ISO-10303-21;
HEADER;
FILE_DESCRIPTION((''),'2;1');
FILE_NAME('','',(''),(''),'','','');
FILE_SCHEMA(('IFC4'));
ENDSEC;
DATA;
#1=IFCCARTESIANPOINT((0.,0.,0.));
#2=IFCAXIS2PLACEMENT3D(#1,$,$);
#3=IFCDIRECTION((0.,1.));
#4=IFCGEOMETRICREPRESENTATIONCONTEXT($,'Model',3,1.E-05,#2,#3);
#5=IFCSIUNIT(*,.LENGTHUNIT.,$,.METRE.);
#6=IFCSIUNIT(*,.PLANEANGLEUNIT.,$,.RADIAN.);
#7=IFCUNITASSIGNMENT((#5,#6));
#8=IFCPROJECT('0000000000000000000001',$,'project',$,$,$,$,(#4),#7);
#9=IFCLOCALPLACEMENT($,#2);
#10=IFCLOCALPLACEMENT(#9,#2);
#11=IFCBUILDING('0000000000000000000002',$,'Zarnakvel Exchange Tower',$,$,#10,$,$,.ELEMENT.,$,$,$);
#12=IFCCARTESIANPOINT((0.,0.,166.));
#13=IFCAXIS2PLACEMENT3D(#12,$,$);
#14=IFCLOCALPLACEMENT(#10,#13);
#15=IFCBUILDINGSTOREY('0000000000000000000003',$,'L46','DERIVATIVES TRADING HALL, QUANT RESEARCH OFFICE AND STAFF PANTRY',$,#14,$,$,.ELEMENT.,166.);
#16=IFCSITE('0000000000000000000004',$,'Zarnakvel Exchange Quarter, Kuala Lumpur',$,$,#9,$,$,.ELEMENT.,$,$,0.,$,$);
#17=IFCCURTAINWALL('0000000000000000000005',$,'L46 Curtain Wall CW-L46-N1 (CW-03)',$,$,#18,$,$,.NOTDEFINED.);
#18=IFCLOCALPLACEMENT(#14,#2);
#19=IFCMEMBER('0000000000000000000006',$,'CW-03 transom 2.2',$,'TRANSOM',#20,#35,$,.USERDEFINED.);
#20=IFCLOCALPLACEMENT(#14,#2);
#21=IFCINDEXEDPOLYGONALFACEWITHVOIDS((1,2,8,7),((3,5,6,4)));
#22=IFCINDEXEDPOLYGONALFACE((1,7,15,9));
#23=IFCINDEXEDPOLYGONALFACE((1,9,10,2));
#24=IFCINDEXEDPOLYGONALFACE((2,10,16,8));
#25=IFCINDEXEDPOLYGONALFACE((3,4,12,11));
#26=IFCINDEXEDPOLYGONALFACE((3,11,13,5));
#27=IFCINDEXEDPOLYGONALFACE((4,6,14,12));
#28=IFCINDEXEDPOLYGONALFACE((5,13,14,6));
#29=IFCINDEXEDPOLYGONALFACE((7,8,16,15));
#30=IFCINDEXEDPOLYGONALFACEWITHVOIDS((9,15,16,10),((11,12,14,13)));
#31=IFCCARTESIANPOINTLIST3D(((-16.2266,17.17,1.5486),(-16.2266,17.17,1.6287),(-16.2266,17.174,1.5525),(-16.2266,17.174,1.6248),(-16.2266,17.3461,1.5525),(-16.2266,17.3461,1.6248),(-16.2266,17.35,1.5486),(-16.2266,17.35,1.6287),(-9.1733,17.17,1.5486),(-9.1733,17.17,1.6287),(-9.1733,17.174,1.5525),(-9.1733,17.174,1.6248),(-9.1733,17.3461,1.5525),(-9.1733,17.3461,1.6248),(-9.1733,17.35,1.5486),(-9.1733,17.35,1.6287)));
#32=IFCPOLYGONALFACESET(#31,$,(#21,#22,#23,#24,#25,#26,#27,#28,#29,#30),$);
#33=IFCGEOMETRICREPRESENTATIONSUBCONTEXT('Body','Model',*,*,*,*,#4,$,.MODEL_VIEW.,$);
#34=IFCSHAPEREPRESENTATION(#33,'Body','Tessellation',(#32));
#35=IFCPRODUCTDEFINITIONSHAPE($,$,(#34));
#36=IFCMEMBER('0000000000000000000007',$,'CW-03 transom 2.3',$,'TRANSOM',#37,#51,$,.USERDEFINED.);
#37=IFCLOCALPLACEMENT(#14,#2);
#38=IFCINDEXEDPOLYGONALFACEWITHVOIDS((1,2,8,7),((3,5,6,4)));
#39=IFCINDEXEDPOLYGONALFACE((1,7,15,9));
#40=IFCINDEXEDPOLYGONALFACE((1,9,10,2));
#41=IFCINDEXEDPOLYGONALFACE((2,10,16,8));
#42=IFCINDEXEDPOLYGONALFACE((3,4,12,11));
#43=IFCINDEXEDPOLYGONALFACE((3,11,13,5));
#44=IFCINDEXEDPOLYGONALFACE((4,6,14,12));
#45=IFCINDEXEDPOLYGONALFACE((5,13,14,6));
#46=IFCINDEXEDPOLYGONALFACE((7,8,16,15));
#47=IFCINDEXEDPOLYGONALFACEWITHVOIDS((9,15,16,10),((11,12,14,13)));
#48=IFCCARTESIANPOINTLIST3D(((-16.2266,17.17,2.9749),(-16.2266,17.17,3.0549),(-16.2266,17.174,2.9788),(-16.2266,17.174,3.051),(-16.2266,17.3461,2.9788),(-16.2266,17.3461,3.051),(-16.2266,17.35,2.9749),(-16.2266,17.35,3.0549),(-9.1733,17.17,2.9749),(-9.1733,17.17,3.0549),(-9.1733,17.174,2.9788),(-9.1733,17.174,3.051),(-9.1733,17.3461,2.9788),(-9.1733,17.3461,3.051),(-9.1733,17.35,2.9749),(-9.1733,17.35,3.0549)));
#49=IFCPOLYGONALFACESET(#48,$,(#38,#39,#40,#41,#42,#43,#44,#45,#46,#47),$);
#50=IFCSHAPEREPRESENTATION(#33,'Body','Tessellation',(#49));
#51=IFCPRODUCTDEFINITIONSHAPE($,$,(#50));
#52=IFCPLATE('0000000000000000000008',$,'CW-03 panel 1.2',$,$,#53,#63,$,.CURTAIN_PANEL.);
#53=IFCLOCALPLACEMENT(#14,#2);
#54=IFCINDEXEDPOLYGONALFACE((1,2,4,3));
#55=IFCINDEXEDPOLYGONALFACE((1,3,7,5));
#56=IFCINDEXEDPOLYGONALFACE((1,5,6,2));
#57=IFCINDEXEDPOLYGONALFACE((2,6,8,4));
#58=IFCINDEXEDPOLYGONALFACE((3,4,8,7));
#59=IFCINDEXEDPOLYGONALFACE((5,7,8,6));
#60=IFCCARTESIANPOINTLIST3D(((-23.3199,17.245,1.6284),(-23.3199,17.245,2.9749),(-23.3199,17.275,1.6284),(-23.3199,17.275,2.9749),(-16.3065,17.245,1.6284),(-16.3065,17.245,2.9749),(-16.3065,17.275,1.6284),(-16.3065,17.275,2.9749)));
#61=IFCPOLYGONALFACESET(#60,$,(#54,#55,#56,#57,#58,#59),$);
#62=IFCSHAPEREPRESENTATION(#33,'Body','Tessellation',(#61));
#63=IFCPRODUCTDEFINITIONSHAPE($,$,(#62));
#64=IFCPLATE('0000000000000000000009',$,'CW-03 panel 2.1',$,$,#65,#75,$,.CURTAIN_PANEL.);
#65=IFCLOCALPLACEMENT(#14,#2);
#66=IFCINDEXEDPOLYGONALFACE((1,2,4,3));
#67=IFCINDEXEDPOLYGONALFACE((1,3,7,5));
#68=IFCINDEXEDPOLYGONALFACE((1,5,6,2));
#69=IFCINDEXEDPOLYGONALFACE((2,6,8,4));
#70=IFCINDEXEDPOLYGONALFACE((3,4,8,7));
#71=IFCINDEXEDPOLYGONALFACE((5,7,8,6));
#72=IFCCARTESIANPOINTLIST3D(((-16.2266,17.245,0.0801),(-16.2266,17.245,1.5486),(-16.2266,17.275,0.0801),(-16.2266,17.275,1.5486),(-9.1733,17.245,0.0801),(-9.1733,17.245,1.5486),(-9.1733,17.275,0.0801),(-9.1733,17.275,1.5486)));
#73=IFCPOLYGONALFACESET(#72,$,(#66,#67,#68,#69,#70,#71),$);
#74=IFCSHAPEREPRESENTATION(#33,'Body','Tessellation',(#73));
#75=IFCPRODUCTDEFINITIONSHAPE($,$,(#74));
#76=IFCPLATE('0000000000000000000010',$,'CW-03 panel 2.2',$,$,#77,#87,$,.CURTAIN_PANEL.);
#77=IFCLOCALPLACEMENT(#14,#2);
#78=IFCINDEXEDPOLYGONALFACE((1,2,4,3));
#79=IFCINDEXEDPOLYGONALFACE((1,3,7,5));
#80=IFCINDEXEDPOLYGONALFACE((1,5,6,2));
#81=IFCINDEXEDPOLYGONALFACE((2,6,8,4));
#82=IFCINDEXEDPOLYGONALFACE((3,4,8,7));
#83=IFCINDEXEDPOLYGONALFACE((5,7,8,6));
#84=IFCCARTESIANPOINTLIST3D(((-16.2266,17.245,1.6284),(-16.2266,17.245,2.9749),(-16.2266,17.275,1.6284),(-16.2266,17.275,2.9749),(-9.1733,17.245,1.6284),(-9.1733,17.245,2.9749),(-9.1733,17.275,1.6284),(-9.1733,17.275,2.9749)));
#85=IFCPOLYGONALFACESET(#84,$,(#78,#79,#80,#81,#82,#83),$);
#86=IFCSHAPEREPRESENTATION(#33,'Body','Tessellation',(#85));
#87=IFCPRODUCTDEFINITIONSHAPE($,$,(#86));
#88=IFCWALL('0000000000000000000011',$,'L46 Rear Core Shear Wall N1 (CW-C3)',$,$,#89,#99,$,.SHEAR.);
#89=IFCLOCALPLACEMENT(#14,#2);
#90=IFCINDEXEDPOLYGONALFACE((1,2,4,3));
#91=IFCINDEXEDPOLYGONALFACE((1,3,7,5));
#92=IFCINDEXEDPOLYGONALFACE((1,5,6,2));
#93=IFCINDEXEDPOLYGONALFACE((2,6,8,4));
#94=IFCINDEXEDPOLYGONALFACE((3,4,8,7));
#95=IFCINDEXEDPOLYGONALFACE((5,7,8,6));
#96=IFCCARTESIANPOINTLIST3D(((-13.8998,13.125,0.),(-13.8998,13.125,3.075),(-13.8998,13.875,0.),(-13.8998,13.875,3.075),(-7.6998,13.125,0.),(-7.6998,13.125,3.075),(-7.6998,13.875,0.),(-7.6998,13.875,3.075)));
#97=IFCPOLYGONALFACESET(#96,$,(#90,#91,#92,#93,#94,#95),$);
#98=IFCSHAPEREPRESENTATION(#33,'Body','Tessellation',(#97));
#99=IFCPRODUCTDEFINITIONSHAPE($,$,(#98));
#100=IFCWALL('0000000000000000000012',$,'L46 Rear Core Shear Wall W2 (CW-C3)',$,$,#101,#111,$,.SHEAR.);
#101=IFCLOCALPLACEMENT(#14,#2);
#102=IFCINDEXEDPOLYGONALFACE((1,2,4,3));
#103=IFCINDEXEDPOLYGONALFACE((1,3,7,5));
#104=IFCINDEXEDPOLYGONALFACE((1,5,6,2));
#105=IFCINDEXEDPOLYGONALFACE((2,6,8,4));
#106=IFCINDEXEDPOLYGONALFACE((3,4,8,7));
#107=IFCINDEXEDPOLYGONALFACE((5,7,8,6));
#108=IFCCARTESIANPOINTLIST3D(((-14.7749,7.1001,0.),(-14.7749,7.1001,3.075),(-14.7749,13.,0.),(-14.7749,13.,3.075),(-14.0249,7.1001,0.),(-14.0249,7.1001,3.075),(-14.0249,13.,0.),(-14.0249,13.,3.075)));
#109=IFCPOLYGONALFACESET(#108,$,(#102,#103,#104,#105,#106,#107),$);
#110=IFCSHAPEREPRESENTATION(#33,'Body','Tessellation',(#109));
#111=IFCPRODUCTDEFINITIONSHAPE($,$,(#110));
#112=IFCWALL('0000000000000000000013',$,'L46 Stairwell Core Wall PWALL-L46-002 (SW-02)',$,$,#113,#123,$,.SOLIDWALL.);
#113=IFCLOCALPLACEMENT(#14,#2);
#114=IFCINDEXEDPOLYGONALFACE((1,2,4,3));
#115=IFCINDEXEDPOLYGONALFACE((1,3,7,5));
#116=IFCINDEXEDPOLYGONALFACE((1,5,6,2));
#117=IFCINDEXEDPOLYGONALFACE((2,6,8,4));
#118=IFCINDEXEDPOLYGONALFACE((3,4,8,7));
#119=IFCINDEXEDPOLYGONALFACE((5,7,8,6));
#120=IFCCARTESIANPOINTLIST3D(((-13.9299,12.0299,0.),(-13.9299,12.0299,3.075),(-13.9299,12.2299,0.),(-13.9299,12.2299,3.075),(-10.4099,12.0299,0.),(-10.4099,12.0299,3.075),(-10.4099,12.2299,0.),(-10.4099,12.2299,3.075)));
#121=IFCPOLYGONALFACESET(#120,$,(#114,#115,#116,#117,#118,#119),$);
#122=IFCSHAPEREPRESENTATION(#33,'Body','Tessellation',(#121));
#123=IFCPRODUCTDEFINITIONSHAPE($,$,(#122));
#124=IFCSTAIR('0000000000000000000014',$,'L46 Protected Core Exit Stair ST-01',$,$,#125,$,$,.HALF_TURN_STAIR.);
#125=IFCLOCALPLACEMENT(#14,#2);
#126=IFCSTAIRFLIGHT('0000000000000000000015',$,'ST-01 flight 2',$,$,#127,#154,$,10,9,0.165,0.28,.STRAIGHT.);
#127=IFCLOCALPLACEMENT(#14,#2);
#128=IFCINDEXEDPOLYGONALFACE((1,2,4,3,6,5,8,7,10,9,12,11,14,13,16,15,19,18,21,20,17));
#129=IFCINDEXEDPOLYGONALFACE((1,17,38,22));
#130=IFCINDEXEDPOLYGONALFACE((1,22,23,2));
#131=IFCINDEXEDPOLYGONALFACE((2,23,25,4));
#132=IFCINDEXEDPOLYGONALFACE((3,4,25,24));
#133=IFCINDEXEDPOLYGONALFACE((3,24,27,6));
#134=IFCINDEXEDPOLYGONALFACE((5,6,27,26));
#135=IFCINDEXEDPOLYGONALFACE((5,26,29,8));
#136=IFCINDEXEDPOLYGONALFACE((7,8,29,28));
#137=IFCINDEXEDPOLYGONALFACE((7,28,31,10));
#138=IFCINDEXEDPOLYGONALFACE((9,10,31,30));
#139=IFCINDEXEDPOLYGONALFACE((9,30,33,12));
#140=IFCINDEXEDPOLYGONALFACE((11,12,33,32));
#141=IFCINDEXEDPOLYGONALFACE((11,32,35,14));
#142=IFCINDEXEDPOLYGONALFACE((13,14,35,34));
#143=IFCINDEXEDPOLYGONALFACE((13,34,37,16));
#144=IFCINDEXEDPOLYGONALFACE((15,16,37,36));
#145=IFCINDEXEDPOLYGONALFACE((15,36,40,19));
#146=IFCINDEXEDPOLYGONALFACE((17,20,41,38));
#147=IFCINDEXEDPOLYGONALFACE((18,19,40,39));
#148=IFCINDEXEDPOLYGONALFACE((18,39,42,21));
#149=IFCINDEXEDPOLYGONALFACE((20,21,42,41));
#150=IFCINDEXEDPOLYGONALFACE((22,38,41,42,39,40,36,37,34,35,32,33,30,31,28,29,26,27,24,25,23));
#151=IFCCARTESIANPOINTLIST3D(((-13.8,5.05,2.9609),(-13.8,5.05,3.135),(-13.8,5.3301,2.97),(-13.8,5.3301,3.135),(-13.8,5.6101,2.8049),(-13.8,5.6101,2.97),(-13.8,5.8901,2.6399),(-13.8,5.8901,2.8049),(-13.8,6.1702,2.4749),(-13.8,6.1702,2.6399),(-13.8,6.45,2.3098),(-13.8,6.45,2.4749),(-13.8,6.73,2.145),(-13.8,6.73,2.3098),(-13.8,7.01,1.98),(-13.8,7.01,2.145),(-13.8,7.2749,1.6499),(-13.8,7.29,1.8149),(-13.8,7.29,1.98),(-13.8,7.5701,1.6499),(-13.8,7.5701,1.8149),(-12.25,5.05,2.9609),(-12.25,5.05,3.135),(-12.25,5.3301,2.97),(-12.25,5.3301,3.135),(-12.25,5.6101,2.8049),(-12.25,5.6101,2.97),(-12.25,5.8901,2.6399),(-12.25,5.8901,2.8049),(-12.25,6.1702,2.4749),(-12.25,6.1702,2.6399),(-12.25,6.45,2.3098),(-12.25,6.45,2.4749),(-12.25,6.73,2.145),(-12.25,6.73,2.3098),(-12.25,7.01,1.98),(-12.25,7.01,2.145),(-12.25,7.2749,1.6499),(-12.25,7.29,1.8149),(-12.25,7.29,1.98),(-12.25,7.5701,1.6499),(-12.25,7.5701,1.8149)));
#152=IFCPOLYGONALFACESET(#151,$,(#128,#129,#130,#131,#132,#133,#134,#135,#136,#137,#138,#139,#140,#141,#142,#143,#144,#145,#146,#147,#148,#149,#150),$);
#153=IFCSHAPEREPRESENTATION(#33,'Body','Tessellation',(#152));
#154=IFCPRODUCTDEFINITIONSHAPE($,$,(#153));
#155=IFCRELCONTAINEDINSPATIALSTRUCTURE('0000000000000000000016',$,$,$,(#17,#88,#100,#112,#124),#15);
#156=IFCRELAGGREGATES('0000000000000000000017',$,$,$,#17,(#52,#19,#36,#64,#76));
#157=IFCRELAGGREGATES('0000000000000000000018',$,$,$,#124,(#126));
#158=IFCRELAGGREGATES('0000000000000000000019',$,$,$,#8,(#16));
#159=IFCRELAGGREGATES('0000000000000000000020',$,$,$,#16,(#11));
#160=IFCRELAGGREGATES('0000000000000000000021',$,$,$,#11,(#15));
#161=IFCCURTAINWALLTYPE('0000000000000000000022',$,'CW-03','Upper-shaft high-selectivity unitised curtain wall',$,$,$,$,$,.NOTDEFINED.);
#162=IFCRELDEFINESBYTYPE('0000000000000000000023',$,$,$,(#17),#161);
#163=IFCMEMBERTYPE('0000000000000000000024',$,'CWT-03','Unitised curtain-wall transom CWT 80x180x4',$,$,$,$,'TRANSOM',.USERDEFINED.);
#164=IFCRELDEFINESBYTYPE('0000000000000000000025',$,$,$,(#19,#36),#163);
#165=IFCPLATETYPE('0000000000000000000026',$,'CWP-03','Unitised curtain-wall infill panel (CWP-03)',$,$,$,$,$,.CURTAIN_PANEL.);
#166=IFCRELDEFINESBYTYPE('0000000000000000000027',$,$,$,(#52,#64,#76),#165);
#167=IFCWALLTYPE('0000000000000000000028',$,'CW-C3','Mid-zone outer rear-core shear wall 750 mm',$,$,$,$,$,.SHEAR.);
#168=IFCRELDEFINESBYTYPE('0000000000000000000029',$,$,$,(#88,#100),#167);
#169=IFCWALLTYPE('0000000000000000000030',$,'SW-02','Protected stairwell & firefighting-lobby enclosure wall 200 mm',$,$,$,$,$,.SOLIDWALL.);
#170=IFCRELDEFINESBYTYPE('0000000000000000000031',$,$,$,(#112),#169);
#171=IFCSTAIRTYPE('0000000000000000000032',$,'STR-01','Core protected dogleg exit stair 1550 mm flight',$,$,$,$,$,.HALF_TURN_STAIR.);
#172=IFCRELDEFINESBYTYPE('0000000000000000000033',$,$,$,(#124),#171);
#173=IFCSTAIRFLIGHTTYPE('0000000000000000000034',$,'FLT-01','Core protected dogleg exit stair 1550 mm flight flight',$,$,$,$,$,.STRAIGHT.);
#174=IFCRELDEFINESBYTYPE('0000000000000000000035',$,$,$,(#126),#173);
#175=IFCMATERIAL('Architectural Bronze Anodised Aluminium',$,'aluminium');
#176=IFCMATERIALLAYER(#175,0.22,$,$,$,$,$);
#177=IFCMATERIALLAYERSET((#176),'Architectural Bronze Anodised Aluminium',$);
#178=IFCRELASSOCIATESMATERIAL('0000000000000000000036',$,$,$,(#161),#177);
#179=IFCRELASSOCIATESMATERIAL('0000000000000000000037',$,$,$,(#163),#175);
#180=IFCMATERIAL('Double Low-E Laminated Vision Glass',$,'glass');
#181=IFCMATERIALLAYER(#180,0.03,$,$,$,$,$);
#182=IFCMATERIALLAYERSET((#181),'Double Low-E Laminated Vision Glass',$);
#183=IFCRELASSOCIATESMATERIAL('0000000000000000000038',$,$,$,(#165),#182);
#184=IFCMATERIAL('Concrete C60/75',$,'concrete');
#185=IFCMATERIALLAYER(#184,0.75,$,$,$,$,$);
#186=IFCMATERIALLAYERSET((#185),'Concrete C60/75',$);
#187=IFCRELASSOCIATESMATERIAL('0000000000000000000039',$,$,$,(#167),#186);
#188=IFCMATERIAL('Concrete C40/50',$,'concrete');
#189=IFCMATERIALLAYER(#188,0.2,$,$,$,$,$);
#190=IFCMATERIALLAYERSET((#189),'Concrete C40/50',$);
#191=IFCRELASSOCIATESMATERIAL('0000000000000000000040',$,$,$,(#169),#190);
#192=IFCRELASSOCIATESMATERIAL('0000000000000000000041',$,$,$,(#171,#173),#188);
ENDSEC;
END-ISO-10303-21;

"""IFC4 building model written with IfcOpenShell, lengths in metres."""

from ifc_helpers import new_model, si_unit, direction, frame, frame_2d, origin, origin_2d, place, context, subcontext, project, spatial, polyline, rectangle, hollow_rectangle, outline, extrude, source, transform, mapped, material, layer, layer_set, material_profile, profile_set, type_object, element, aggregate, save


model = new_model("IFC4")

# Units and contexts
model_context = context("Model", 3, precision=1e-05, world=origin(), true_north=direction((0.0, 1.0)))
body_context = subcontext(model_context, "Body", "Model", "MODEL_VIEW")
ifc_project = project(units=[si_unit("LENGTHUNIT", "METRE"), si_unit("PLANEANGLEUNIT", "RADIAN")], contexts=[model_context])

# Site, building, storey
site_placement = place(None, origin())
site = spatial("IfcSite", under=ifc_project, at=site_placement, Name="Zarnakvel Exchange Quarter, Kuala Lumpur", CompositionType="ELEMENT", RefElevation=0.0)
building_placement = place(site_placement, origin())
building = spatial("IfcBuilding", under=site, at=building_placement, Name="Zarnakvel Exchange Tower", CompositionType="ELEMENT")
storey_placement = place(building_placement, frame((0.0, 0.0, 166.0)))
storey = spatial("IfcBuildingStorey", under=building, at=storey_placement, Name="L46", Description="DERIVATIVES TRADING HALL, QUANT RESEARCH OFFICE AND STAFF PANTRY", CompositionType="ELEMENT", Elevation=166.0)

# Shared definitions
ifc_material_1 = material(Name="Concrete C60/75", Category="concrete")

# Curtain wall, members, plates
ifc_material_2 = material(Name="Architectural Bronze Anodised Aluminium", Category="aluminium")
ifc_layer_1 = layer(ifc_material_2, 0.22)
ifc_layer_set_1 = layer_set([ifc_layer_1], Name="Architectural Bronze Anodised Aluminium")
curtain_wall_type = type_object("IfcCurtainWallType", Name="CW-03", Description="Upper-shaft high-selectivity unitised curtain wall", PredefinedType="NOTDEFINED", material=ifc_layer_set_1)
curtain_wall_placement = place(storey_placement, origin())
curtain_wall = element("IfcCurtainWall", 1, at=curtain_wall_placement, inside=storey, type_object=curtain_wall_type, Name="L46 Curtain Wall CW-L46-N1 (CW-03)", PredefinedType="NOTDEFINED")
ifc_material_profile_1 = material_profile(ifc_material_2, hollow_rectangle(XDim=0.1799, YDim=0.0801, WallThickness=0.0039, at=origin_2d()))
ifc_profile_set_1 = profile_set([ifc_material_profile_1], Name="Architectural Bronze Anodised Aluminium")
member_type_1 = type_object("IfcMemberType", Name="CWT-03", Description="Unitised curtain-wall transom CWT 80x180x4", ElementType="TRANSOM", PredefinedType="USERDEFINED", material=ifc_profile_set_1)
shared_shape_1 = source(origin(), body_context, "Body", "SweptSolid", [
    extrude(hollow_rectangle(XDim=0.1799, YDim=0.0801, WallThickness=0.0039, at=origin_2d()), origin(), (0.0, 0.0, 1.0), 7.0532),
])
member_1_placement = place(storey_placement, frame((-16.2266, 17.26, 1.5886), z_axis=(1.0, 0.0, 0.0), x_axis=(0.0, 1.0, 0.0)))
member_1 = element("IfcMember", 2, at=member_1_placement, type_object=member_type_1, Name="CW-03 transom 2.2", ObjectType="TRANSOM", PredefinedType="USERDEFINED", context=body_context, shape_type="MappedRepresentation", body=[
    mapped(shared_shape_1, transform((0.0, 0.0, 0.0), x_axis=(1.0, 0.0, 0.0), y_axis=(0.0, 1.0, 0.0), z_axis=(0.0, 0.0, 1.0), scale=1.0)),
])
member_2_placement = place(storey_placement, frame((-16.2266, 17.26, 3.0149), z_axis=(1.0, 0.0, 0.0), x_axis=(0.0, 1.0, 0.0)))
member_2 = element("IfcMember", 3, at=member_2_placement, type_object=member_type_1, Name="CW-03 transom 2.3", ObjectType="TRANSOM", PredefinedType="USERDEFINED", context=body_context, shape_type="MappedRepresentation", body=[
    mapped(shared_shape_1, transform((0.0, 0.0, 0.0), x_axis=(1.0, 0.0, 0.0), y_axis=(0.0, 1.0, 0.0), z_axis=(0.0, 0.0, 1.0), scale=1.0)),
])
ifc_material_3 = material(Name="Double Low-E Laminated Vision Glass", Category="glass")
ifc_layer_2 = layer(ifc_material_3, 0.03)
ifc_layer_set_2 = layer_set([ifc_layer_2], Name="Double Low-E Laminated Vision Glass")
plate_type = type_object("IfcPlateType", Name="CWP-03", Description="Unitised curtain-wall infill panel (CWP-03)", PredefinedType="CURTAIN_PANEL", material=ifc_layer_set_2)
shared_shape_2 = source(origin(), body_context, "Body", "SweptSolid", [
    extrude(rectangle(XDim=7.0134, YDim=0.03, at=origin_2d()), origin(), (0.0, 0.0, 1.0), 1.3464),
])
plate_1_placement = place(storey_placement, frame((-19.8132, 17.26, 1.6284), z_axis=(0.0, 0.0, 1.0), x_axis=(1.0, 0.0, 0.0)))
plate_1 = element("IfcPlate", 4, at=plate_1_placement, type_object=plate_type, Name="CW-03 panel 1.2", PredefinedType="CURTAIN_PANEL", context=body_context, shape_type="MappedRepresentation", body=[
    mapped(shared_shape_2, transform((0.0, 0.0, 0.0), x_axis=(1.0, 0.0, 0.0), y_axis=(0.0, 1.0, 0.0), z_axis=(0.0, 0.0, 1.0), scale=1.0)),
])
shared_shape_3 = source(origin(), body_context, "Body", "SweptSolid", [
    extrude(rectangle(XDim=7.0532, YDim=0.03, at=origin_2d()), origin(), (0.0, 0.0, 1.0), 1.4685),
])
plate_2_placement = place(storey_placement, frame((-12.7, 17.26, 0.0801), z_axis=(0.0, 0.0, 1.0), x_axis=(1.0, 0.0, 0.0)))
plate_2 = element("IfcPlate", 5, at=plate_2_placement, type_object=plate_type, Name="CW-03 panel 2.1", PredefinedType="CURTAIN_PANEL", context=body_context, shape_type="MappedRepresentation", body=[
    mapped(shared_shape_3, transform((0.0, 0.0, 0.0), x_axis=(1.0, 0.0, 0.0), y_axis=(0.0, 1.0, 0.0), z_axis=(0.0, 0.0, 1.0), scale=1.0)),
])
shared_shape_4 = source(origin(), body_context, "Body", "SweptSolid", [
    extrude(rectangle(XDim=7.0532, YDim=0.03, at=origin_2d()), origin(), (0.0, 0.0, 1.0), 1.3464),
])
plate_3_placement = place(storey_placement, frame((-12.7, 17.26, 1.6284), z_axis=(0.0, 0.0, 1.0), x_axis=(1.0, 0.0, 0.0)))
plate_3 = element("IfcPlate", 6, at=plate_3_placement, type_object=plate_type, Name="CW-03 panel 2.2", PredefinedType="CURTAIN_PANEL", context=body_context, shape_type="MappedRepresentation", body=[
    mapped(shared_shape_4, transform((0.0, 0.0, 0.0), x_axis=(1.0, 0.0, 0.0), y_axis=(0.0, 1.0, 0.0), z_axis=(0.0, 0.0, 1.0), scale=1.0)),
])
aggregate(curtain_wall, [plate_1, member_1, member_2, plate_2, plate_3])

# Walls
ifc_layer_3 = layer(ifc_material_1, 0.75)
ifc_layer_set_3 = layer_set([ifc_layer_3], Name="Concrete C60/75")
wall_type_1 = type_object("IfcWallType", Name="CW-C3", Description="Mid-zone outer rear-core shear wall 750 mm", PredefinedType="SHEAR", material=ifc_layer_set_3)
wall_1_placement = place(storey_placement, frame((-13.8999, 13.5, 0.0), z_axis=(0.0, 0.0, 1.0), x_axis=(1.0, 0.0, 0.0)))
element("IfcWall", 7, at=wall_1_placement, inside=storey, type_object=wall_type_1, Name="L46 Rear Core Shear Wall N1 (CW-C3)", PredefinedType="SHEAR", context=body_context, shape_type="SweptSolid", body=[
    extrude(rectangle(XDim=6.2, YDim=0.75, at=frame_2d((3.1001, 0.0))), origin(), (0.0, 0.0, 1.0), 3.075),
])
wall_2_placement = place(storey_placement, frame((-14.3999, 7.1001, 0.0), z_axis=(0.0, 0.0, 1.0), x_axis=(0.0, 1.0, 0.0)))
element("IfcWall", 8, at=wall_2_placement, inside=storey, type_object=wall_type_1, Name="L46 Rear Core Shear Wall W2 (CW-C3)", PredefinedType="SHEAR", context=body_context, shape_type="SweptSolid", body=[
    extrude(rectangle(XDim=5.8999, YDim=0.75, at=frame_2d((2.95, 0.0))), origin(), (0.0, 0.0, 1.0), 3.075),
])

# Wall
ifc_material_4 = material(Name="Concrete C40/50", Category="concrete")
ifc_layer_4 = layer(ifc_material_4, 0.2)
ifc_layer_set_4 = layer_set([ifc_layer_4], Name="Concrete C40/50")
wall_type_2 = type_object("IfcWallType", Name="SW-02", Description="Protected stairwell & firefighting-lobby enclosure wall 200 mm", PredefinedType="SOLIDWALL", material=ifc_layer_set_4)
wall_3_placement = place(storey_placement, frame((-13.9299, 12.1299, 0.0), z_axis=(0.0, 0.0, 1.0), x_axis=(1.0, 0.0, 0.0)))
element("IfcWall", 9, at=wall_3_placement, inside=storey, type_object=wall_type_2, Name="L46 Stairwell Core Wall PWALL-L46-002 (SW-02)", PredefinedType="SOLIDWALL", context=body_context, shape_type="SweptSolid", body=[
    extrude(rectangle(XDim=3.52, YDim=0.2, at=frame_2d((1.76, 0.0))), origin(), (0.0, 0.0, 1.0), 3.075),
])

# Stair, stair flight
stair_type = type_object("IfcStairType", Name="STR-01", Description="Core protected dogleg exit stair 1550 mm flight", PredefinedType="HALF_TURN_STAIR", material=ifc_material_4)
stair_placement = place(storey_placement, origin())
stair = element("IfcStair", 10, at=stair_placement, inside=storey, type_object=stair_type, Name="L46 Protected Core Exit Stair ST-01", PredefinedType="HALF_TURN_STAIR")
stair_flight_type = type_object("IfcStairFlightType", Name="FLT-01", Description="Core protected dogleg exit stair 1550 mm flight flight", PredefinedType="STRAIGHT", material=ifc_material_4)
stair_flight_placement = place(storey_placement, frame((-13.0249, 7.5701, 1.6499), z_axis=(0.0, 0.0, 1.0), x_axis=(0.0, -1.0, 0.0)))
stair_flight = element("IfcStairFlight", 11, at=stair_flight_placement, type_object=stair_flight_type, Name="ST-01 flight 2", NumberOfRisers=10, NumberOfTreads=9, PredefinedType="STRAIGHT", RiserHeight=0.165, TreadLength=0.28, context=body_context, shape_type="SweptSolid", body=[
    extrude(outline(polyline([(0.0, 0.0), (0.0, 0.165), (0.28, 0.165), (0.28, 0.3301), (0.5601, 0.3301), (0.5601, 0.4951), (0.8401, 0.4951), (0.8401, 0.6599), (1.1201, 0.6599), (1.1201, 0.825), (1.3999, 0.825), (1.3999, 0.99), (1.6799, 0.99), (1.6799, 1.155), (1.96, 1.155), (1.96, 1.3201), (2.24, 1.3201), (2.24, 1.4851), (2.52, 1.4851), (2.52, 1.6499), (2.52, 1.311), (0.2952, 0.0), (0.0, 0.0)])), frame((0.0, 0.7749, 0.0), z_axis=(0.0, -1.0, 0.0), x_axis=(1.0, 0.0, 0.0)), (0.0, 0.0, 1.0), 1.55),
])
aggregate(stair, [stair_flight])

save(model, "model.ifc")
